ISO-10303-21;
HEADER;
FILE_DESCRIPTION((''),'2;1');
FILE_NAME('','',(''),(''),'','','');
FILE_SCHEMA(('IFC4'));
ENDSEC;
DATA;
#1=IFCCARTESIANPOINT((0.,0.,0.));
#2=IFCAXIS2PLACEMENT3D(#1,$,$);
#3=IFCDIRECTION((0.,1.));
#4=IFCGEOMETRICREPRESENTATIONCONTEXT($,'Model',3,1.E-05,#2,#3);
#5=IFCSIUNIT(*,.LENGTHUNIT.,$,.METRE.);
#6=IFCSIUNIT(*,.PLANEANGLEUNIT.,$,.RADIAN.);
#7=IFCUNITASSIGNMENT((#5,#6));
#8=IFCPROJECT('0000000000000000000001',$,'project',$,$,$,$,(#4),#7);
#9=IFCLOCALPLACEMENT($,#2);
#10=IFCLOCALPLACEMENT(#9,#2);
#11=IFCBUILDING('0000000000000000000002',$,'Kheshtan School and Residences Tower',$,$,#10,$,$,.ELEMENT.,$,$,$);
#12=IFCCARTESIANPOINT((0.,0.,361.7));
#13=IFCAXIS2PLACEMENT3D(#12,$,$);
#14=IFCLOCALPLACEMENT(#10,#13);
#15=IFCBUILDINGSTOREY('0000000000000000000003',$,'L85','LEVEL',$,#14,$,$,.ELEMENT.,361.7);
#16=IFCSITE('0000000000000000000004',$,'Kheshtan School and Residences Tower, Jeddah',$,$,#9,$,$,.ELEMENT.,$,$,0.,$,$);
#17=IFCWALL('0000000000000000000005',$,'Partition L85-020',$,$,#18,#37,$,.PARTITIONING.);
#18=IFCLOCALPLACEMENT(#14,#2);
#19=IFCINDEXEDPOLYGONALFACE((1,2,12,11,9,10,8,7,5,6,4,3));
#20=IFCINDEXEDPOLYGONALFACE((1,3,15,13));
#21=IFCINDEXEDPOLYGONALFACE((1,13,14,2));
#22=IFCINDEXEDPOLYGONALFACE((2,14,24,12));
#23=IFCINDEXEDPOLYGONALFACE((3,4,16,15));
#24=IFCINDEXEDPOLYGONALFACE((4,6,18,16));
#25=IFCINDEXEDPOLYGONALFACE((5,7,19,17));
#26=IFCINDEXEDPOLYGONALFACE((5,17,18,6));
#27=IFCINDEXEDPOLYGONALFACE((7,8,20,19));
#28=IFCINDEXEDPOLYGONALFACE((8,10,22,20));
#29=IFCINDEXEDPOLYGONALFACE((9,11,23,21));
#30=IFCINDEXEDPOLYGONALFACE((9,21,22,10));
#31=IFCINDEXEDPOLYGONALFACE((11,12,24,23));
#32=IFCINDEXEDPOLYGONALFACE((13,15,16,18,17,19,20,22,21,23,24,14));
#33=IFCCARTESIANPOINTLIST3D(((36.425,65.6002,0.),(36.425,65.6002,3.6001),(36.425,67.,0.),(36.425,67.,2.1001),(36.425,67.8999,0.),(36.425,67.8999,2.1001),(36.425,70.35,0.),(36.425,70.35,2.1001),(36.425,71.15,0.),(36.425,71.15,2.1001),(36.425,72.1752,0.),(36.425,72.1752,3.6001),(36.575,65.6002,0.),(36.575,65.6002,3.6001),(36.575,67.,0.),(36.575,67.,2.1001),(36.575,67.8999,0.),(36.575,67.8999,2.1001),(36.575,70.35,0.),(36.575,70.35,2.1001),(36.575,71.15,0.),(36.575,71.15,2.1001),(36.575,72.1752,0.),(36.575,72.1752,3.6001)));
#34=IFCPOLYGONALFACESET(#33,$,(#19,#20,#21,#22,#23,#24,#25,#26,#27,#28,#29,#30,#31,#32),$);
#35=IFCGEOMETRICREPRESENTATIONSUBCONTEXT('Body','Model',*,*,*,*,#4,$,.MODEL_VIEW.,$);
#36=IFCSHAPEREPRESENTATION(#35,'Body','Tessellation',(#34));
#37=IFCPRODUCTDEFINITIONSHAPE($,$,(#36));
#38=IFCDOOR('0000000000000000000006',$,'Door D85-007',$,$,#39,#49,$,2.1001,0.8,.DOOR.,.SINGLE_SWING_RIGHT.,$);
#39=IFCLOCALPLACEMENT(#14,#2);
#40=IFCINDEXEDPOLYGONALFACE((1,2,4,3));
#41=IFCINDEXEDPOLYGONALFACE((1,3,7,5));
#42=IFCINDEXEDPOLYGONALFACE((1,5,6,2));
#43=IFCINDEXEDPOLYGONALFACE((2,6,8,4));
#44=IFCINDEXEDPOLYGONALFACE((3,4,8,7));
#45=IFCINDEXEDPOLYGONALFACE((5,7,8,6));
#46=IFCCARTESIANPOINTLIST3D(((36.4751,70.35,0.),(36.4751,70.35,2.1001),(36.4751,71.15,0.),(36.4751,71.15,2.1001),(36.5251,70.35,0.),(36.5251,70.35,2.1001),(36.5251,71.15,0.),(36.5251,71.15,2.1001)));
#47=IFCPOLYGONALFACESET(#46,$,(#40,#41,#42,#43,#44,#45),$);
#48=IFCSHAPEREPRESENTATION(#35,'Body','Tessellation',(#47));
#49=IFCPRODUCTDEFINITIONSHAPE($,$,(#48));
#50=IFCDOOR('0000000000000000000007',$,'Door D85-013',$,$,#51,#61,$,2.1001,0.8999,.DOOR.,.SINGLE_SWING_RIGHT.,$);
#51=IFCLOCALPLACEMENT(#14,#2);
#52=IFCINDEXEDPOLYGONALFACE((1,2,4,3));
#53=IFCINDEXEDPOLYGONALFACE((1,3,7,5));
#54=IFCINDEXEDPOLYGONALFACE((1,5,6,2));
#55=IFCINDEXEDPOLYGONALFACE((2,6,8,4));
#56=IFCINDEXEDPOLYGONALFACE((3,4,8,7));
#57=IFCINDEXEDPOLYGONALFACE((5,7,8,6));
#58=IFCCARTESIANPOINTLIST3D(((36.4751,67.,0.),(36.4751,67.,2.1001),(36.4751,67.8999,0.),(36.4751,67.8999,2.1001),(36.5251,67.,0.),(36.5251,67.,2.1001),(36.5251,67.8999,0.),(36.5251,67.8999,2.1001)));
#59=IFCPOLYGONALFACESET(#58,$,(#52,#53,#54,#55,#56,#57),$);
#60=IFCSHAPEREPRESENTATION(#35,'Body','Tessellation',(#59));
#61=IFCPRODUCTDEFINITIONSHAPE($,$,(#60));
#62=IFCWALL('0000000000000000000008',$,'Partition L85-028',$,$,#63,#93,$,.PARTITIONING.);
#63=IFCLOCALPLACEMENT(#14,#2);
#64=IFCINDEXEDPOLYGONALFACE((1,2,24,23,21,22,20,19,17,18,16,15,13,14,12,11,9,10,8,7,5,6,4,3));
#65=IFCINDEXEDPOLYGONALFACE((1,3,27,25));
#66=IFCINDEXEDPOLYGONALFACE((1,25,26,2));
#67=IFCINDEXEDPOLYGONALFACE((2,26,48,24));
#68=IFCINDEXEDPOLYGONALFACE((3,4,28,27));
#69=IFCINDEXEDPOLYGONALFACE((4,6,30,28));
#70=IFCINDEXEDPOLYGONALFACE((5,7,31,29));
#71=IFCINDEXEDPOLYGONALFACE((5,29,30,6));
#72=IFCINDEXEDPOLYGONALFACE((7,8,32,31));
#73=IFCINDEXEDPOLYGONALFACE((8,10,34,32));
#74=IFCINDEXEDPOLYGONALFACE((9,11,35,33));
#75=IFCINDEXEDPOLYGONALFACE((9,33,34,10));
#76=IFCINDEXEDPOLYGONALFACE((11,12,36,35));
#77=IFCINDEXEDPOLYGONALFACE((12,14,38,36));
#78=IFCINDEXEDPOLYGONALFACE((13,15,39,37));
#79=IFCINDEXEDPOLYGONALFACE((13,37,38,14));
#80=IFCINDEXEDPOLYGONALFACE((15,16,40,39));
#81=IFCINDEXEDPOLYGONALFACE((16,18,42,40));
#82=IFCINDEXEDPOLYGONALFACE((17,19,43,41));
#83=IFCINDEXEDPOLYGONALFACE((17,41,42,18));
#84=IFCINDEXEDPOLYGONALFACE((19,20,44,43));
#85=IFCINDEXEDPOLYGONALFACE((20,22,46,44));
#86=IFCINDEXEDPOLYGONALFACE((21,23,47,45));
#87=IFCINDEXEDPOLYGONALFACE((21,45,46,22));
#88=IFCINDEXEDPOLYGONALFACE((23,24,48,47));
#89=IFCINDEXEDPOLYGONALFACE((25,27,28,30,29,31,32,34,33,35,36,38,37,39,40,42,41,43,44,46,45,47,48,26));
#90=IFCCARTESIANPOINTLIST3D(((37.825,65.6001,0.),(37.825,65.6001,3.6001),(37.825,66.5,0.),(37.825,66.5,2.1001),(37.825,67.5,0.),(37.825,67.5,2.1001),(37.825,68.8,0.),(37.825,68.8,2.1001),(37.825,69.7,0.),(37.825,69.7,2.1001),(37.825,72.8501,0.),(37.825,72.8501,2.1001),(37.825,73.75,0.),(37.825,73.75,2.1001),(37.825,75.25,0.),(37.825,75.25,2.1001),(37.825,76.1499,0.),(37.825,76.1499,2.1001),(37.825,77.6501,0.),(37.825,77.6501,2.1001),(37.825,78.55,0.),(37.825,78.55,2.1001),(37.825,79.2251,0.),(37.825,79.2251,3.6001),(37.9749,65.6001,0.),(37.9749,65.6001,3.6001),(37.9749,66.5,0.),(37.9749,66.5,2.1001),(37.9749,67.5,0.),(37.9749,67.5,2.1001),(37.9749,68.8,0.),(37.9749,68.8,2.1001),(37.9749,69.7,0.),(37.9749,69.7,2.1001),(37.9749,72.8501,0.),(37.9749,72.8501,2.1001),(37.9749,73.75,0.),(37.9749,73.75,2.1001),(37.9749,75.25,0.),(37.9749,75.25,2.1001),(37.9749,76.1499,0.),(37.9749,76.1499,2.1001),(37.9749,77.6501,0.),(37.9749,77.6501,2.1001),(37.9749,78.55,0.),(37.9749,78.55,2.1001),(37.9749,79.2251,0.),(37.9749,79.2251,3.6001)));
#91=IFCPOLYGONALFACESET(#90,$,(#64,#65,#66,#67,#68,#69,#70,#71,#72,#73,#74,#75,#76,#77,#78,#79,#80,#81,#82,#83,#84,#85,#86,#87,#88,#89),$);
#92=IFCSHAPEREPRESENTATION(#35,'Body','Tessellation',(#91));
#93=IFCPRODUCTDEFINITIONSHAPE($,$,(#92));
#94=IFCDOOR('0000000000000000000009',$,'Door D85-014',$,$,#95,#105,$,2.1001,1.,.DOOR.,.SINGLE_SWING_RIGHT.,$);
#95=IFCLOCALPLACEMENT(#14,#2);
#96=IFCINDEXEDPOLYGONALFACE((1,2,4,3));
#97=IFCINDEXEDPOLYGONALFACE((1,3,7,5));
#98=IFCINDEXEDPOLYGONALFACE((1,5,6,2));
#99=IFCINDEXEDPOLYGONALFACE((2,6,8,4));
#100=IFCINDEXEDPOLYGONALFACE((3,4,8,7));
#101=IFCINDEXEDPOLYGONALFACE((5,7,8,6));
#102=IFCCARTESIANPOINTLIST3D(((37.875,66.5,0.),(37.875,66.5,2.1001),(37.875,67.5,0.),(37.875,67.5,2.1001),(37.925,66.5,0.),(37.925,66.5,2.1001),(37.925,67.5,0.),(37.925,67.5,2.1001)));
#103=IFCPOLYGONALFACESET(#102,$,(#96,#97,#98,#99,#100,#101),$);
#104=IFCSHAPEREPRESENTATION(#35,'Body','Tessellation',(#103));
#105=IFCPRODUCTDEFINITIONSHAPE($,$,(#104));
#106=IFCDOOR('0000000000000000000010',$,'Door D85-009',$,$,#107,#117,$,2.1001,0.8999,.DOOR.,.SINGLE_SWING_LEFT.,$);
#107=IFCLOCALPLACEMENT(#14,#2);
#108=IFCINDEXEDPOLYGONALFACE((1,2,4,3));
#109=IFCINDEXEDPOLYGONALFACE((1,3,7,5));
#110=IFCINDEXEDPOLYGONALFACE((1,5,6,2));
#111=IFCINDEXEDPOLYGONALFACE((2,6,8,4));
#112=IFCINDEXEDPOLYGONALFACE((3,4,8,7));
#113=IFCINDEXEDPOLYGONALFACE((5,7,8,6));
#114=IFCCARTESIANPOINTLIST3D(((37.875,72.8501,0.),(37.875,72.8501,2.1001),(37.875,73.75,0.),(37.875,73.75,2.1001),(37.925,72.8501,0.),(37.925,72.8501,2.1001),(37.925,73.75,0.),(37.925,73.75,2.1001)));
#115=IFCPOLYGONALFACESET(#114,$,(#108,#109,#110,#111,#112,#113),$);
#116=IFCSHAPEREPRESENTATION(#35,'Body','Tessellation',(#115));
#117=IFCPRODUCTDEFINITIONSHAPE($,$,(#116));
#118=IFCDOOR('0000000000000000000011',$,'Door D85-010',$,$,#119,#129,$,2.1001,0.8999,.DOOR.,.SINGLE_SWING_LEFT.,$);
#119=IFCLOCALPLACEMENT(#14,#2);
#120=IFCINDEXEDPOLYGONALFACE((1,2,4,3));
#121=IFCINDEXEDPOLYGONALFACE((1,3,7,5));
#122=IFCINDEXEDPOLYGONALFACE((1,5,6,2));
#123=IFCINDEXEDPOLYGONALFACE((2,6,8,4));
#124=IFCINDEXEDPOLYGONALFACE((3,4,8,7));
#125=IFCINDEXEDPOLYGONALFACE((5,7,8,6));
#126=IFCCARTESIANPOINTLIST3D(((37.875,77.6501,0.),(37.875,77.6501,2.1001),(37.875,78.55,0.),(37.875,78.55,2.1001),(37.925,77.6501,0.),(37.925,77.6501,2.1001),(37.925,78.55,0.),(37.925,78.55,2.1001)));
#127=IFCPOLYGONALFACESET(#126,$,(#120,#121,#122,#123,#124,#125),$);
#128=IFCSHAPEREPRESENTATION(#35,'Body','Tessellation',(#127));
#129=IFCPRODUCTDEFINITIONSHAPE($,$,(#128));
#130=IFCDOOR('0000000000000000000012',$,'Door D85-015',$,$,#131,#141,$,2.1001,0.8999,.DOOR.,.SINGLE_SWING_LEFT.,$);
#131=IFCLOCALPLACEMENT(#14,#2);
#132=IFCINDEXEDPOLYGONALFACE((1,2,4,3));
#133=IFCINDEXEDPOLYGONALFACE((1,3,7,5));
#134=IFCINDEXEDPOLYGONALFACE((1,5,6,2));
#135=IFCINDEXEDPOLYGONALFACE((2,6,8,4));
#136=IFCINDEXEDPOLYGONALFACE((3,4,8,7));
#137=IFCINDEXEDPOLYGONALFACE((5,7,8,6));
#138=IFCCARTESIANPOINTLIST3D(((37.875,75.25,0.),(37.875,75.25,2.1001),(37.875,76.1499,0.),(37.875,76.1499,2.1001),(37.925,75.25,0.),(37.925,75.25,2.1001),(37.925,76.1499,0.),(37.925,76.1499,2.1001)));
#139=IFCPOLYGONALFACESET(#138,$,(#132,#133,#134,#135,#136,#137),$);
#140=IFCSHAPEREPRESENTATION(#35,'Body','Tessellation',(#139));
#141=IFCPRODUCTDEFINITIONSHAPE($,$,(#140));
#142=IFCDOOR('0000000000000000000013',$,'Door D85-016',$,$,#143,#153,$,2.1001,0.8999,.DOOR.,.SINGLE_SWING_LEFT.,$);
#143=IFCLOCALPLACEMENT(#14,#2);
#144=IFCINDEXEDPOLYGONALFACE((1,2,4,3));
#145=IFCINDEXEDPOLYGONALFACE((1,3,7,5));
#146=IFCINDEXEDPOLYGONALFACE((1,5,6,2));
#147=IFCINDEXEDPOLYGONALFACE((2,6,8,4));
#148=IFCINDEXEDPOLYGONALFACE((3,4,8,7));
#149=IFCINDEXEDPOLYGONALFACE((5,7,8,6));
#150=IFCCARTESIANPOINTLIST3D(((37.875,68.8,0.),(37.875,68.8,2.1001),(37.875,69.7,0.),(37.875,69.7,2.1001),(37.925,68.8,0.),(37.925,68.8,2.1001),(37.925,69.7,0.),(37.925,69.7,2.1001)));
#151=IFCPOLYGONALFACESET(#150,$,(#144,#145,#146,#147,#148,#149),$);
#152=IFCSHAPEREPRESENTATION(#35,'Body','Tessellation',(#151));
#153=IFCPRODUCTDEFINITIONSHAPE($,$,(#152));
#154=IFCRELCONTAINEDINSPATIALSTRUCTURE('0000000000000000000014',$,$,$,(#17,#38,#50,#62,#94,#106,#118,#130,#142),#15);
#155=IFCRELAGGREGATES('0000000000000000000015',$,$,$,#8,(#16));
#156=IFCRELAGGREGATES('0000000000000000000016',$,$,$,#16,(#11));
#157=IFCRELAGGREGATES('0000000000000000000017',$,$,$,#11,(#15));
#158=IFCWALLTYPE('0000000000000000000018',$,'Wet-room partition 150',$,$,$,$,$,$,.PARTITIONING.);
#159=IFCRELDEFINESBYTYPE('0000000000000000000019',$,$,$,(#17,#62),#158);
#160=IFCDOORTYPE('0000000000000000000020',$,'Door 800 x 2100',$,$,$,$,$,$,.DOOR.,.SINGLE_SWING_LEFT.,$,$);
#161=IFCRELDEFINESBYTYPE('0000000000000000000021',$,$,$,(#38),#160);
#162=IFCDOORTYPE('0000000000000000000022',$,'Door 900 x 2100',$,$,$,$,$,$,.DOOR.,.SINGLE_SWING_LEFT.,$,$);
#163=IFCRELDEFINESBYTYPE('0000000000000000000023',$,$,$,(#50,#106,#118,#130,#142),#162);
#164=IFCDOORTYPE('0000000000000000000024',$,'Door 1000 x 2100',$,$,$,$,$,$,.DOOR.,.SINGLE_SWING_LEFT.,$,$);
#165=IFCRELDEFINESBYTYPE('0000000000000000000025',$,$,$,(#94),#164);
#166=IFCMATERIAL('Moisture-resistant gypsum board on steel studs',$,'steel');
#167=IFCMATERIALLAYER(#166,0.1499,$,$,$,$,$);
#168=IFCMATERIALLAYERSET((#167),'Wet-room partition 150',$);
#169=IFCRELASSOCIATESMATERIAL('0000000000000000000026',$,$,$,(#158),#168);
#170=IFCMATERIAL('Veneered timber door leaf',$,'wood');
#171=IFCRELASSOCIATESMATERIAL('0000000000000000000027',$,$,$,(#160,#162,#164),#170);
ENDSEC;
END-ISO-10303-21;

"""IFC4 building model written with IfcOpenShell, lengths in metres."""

from ifc_helpers import new_model, si_unit, direction, frame, frame_2d, origin, place, context, subcontext, project, spatial, rectangle, extrude, source, transform, mapped, material, layer, layer_set, type_object, element, fill, save


model = new_model("IFC4")

# Units and contexts
model_context = context("Model", 3, precision=1e-05, world=origin(), true_north=direction((0.0, 1.0)))
body_context = subcontext(model_context, "Body", "Model", "MODEL_VIEW")
ifc_project = project(units=[si_unit("LENGTHUNIT", "METRE"), si_unit("PLANEANGLEUNIT", "RADIAN")], contexts=[model_context])

# Site, building, storey
site_placement = place(None, origin())
site = spatial("IfcSite", under=ifc_project, at=site_placement, Name="Kheshtan School and Residences Tower, Jeddah", CompositionType="ELEMENT", RefElevation=0.0)
building_placement = place(site_placement, origin())
building = spatial("IfcBuilding", under=site, at=building_placement, Name="Kheshtan School and Residences Tower", CompositionType="ELEMENT")
storey_placement = place(building_placement, frame((0.0, 0.0, 361.7)))
storey = spatial("IfcBuildingStorey", under=building, at=storey_placement, Name="L85", Description="LEVEL", CompositionType="ELEMENT", Elevation=361.7)

# Shared definitions
ifc_material_1 = material(Name="Moisture-resistant gypsum board on steel studs", Category="steel")
ifc_layer_1 = layer(ifc_material_1, 0.1499)
ifc_layer_set_1 = layer_set([ifc_layer_1], Name="Wet-room partition 150")
wall_type_1 = type_object("IfcWallType", Name="Wet-room partition 150", PredefinedType="PARTITIONING", material=ifc_layer_set_1)

# Walls, openings, doors
wall_1_placement = place(storey_placement, frame((36.5, 65.6001, 0.0), z_axis=(0.0, 0.0, 1.0), x_axis=(0.0, 1.0, 0.0)))
wall_1 = element("IfcWall", 1, at=wall_1_placement, inside=storey, type_object=wall_type_1, Name="Partition L85-020", PredefinedType="PARTITIONING", context=body_context, shape_type="SweptSolid", body=[
    extrude(rectangle(XDim=6.575, YDim=0.1499, at=frame_2d((3.2876, 0.0))), origin(), (0.0, 0.0, 1.0), 3.6001),
])
opening_1_placement = place(wall_1_placement, frame((4.75, 0.0, 0.0)))
opening_1 = element("IfcOpeningElement", 2, at=opening_1_placement, cuts=wall_1, PredefinedType="OPENING", context=body_context, shape_type="SweptSolid", body=[
    extrude(rectangle(XDim=0.8, YDim=2.1001, at=frame_2d((0.3999, 1.05))), frame((0.0, 0.085, 0.0), z_axis=(0.0, -1.0, 0.0), x_axis=(1.0, 0.0, 0.0)), (0.0, 0.0, 1.0), 0.1699),
])
opening_2_placement = place(wall_1_placement, frame((1.3999, 0.0, 0.0)))
opening_2 = element("IfcOpeningElement", 3, at=opening_2_placement, cuts=wall_1, PredefinedType="OPENING", context=body_context, shape_type="SweptSolid", body=[
    extrude(rectangle(XDim=0.8999, YDim=2.1001, at=frame_2d((0.45, 1.05))), frame((0.0, 0.085, 0.0), z_axis=(0.0, -1.0, 0.0), x_axis=(1.0, 0.0, 0.0)), (0.0, 0.0, 1.0), 0.1699),
])
ifc_material_2 = material(Name="Veneered timber door leaf", Category="wood")
door_type_1 = type_object("IfcDoorType", Name="Door 800 x 2100", OperationType="SINGLE_SWING_LEFT", PredefinedType="DOOR", material=ifc_material_2)
shared_shape_1 = source(origin(), body_context, "Body", "SweptSolid", [
    extrude(rectangle(XDim=0.8, YDim=2.1001, at=frame_2d((0.3999, 1.05))), frame((0.0, 0.0249, 0.0), z_axis=(0.0, -1.0, 0.0), x_axis=(1.0, 0.0, 0.0)), (0.0, 0.0, 1.0), 0.05),
])
door_1_placement = place(opening_1_placement, origin())
door_1 = element("IfcDoor", 4, at=door_1_placement, inside=storey, type_object=door_type_1, Name="Door D85-007", OperationType="SINGLE_SWING_RIGHT", OverallHeight=2.1001, OverallWidth=0.8, PredefinedType="DOOR", context=body_context, shape_type="MappedRepresentation", body=[
    mapped(shared_shape_1, transform((0.0, 0.0, 0.0), x_axis=(1.0, 0.0, 0.0), y_axis=(0.0, 1.0, 0.0), z_axis=(0.0, 0.0, 1.0), scale=1.0)),
])
fill(opening_1, door_1)
door_type_2 = type_object("IfcDoorType", Name="Door 900 x 2100", OperationType="SINGLE_SWING_LEFT", PredefinedType="DOOR", material=ifc_material_2)
shared_shape_2 = source(origin(), body_context, "Body", "SweptSolid", [
    extrude(rectangle(XDim=0.8999, YDim=2.1001, at=frame_2d((0.45, 1.05))), frame((0.0, 0.0249, 0.0), z_axis=(0.0, -1.0, 0.0), x_axis=(1.0, 0.0, 0.0)), (0.0, 0.0, 1.0), 0.05),
])
door_2_placement = place(opening_2_placement, origin())
door_2 = element("IfcDoor", 5, at=door_2_placement, inside=storey, type_object=door_type_2, Name="Door D85-013", OperationType="SINGLE_SWING_RIGHT", OverallHeight=2.1001, OverallWidth=0.8999, PredefinedType="DOOR", context=body_context, shape_type="MappedRepresentation", body=[
    mapped(shared_shape_2, transform((0.0, 0.0, 0.0), x_axis=(1.0, 0.0, 0.0), y_axis=(0.0, 1.0, 0.0), z_axis=(0.0, 0.0, 1.0), scale=1.0)),
])
fill(opening_2, door_2)
wall_2_placement = place(storey_placement, frame((37.8999, 65.6001, 0.0), z_axis=(0.0, 0.0, 1.0), x_axis=(0.0, 1.0, 0.0)))
wall_2 = element("IfcWall", 6, at=wall_2_placement, inside=storey, type_object=wall_type_1, Name="Partition L85-028", PredefinedType="PARTITIONING", context=body_context, shape_type="SweptSolid", body=[
    extrude(rectangle(XDim=13.625, YDim=0.1499, at=frame_2d((6.8125, 0.0))), origin(), (0.0, 0.0, 1.0), 3.6001),
])
opening_3_placement = place(wall_2_placement, frame((7.25, 0.0, 0.0)))
opening_3 = element("IfcOpeningElement", 7, at=opening_3_placement, cuts=wall_2, PredefinedType="OPENING", context=body_context, shape_type="SweptSolid", body=[
    extrude(rectangle(XDim=0.8999, YDim=2.1001, at=frame_2d((0.45, 1.05))), frame((0.0, 0.085, 0.0), z_axis=(0.0, -1.0, 0.0), x_axis=(1.0, 0.0, 0.0)), (0.0, 0.0, 1.0), 0.1699),
])
opening_4_placement = place(wall_2_placement, frame((12.05, 0.0, 0.0)))
opening_4 = element("IfcOpeningElement", 8, at=opening_4_placement, cuts=wall_2, PredefinedType="OPENING", context=body_context, shape_type="SweptSolid", body=[
    extrude(rectangle(XDim=0.8999, YDim=2.1001, at=frame_2d((0.45, 1.05))), frame((0.0, 0.085, 0.0), z_axis=(0.0, -1.0, 0.0), x_axis=(1.0, 0.0, 0.0)), (0.0, 0.0, 1.0), 0.1699),
])
opening_5_placement = place(wall_2_placement, frame((0.8999, 0.0, 0.0)))
opening_5 = element("IfcOpeningElement", 9, at=opening_5_placement, cuts=wall_2, PredefinedType="OPENING", context=body_context, shape_type="SweptSolid", body=[
    extrude(rectangle(XDim=1.0, YDim=2.1001, at=frame_2d((0.5, 1.05))), frame((0.0, 0.085, 0.0), z_axis=(0.0, -1.0, 0.0), x_axis=(1.0, 0.0, 0.0)), (0.0, 0.0, 1.0), 0.1699),
])
opening_6_placement = place(wall_2_placement, frame((9.6499, 0.0, 0.0)))
opening_6 = element("IfcOpeningElement", 10, at=opening_6_placement, cuts=wall_2, PredefinedType="OPENING", context=body_context, shape_type="SweptSolid", body=[
    extrude(rectangle(XDim=0.8999, YDim=2.1001, at=frame_2d((0.45, 1.05))), frame((0.0, 0.085, 0.0), z_axis=(0.0, -1.0, 0.0), x_axis=(1.0, 0.0, 0.0)), (0.0, 0.0, 1.0), 0.1699),
])
opening_7_placement = place(wall_2_placement, frame((3.2, 0.0, 0.0)))
opening_7 = element("IfcOpeningElement", 11, at=opening_7_placement, cuts=wall_2, PredefinedType="OPENING", context=body_context, shape_type="SweptSolid", body=[
    extrude(rectangle(XDim=0.8999, YDim=2.1001, at=frame_2d((0.45, 1.05))), frame((0.0, 0.085, 0.0), z_axis=(0.0, -1.0, 0.0), x_axis=(1.0, 0.0, 0.0)), (0.0, 0.0, 1.0), 0.1699),
])
door_type_3 = type_object("IfcDoorType", Name="Door 1000 x 2100", OperationType="SINGLE_SWING_LEFT", PredefinedType="DOOR", material=ifc_material_2)
shared_shape_3 = source(origin(), body_context, "Body", "SweptSolid", [
    extrude(rectangle(XDim=1.0, YDim=2.1001, at=frame_2d((0.5, 1.05))), frame((0.0, 0.0249, 0.0), z_axis=(0.0, -1.0, 0.0), x_axis=(1.0, 0.0, 0.0)), (0.0, 0.0, 1.0), 0.05),
])
door_3_placement = place(opening_5_placement, origin())
door_3 = element("IfcDoor", 12, at=door_3_placement, inside=storey, type_object=door_type_3, Name="Door D85-014", OperationType="SINGLE_SWING_RIGHT", OverallHeight=2.1001, OverallWidth=1.0, PredefinedType="DOOR", context=body_context, shape_type="MappedRepresentation", body=[
    mapped(shared_shape_3, transform((0.0, 0.0, 0.0), x_axis=(1.0, 0.0, 0.0), y_axis=(0.0, 1.0, 0.0), z_axis=(0.0, 0.0, 1.0), scale=1.0)),
])
fill(opening_5, door_3)
door_4_placement = place(opening_3_placement, origin())
door_4 = element("IfcDoor", 13, at=door_4_placement, inside=storey, type_object=door_type_2, Name="Door D85-009", OperationType="SINGLE_SWING_LEFT", OverallHeight=2.1001, OverallWidth=0.8999, PredefinedType="DOOR", context=body_context, shape_type="MappedRepresentation", body=[
    mapped(shared_shape_2, transform((0.0, 0.0, 0.0), x_axis=(1.0, 0.0, 0.0), y_axis=(0.0, 1.0, 0.0), z_axis=(0.0, 0.0, 1.0), scale=1.0)),
])
fill(opening_3, door_4)
door_5_placement = place(opening_4_placement, origin())
door_5 = element("IfcDoor", 14, at=door_5_placement, inside=storey, type_object=door_type_2, Name="Door D85-010", OperationType="SINGLE_SWING_LEFT", OverallHeight=2.1001, OverallWidth=0.8999, PredefinedType="DOOR", context=body_context, shape_type="MappedRepresentation", body=[
    mapped(shared_shape_2, transform((0.0, 0.0, 0.0), x_axis=(1.0, 0.0, 0.0), y_axis=(0.0, 1.0, 0.0), z_axis=(0.0, 0.0, 1.0), scale=1.0)),
])
fill(opening_4, door_5)
door_6_placement = place(opening_6_placement, origin())
door_6 = element("IfcDoor", 15, at=door_6_placement, inside=storey, type_object=door_type_2, Name="Door D85-015", OperationType="SINGLE_SWING_LEFT", OverallHeight=2.1001, OverallWidth=0.8999, PredefinedType="DOOR", context=body_context, shape_type="MappedRepresentation", body=[
    mapped(shared_shape_2, transform((0.0, 0.0, 0.0), x_axis=(1.0, 0.0, 0.0), y_axis=(0.0, 1.0, 0.0), z_axis=(0.0, 0.0, 1.0), scale=1.0)),
])
fill(opening_6, door_6)
door_7_placement = place(opening_7_placement, origin())
door_7 = element("IfcDoor", 16, at=door_7_placement, inside=storey, type_object=door_type_2, Name="Door D85-016", OperationType="SINGLE_SWING_LEFT", OverallHeight=2.1001, OverallWidth=0.8999, PredefinedType="DOOR", context=body_context, shape_type="MappedRepresentation", body=[
    mapped(shared_shape_2, transform((0.0, 0.0, 0.0), x_axis=(1.0, 0.0, 0.0), y_axis=(0.0, 1.0, 0.0), z_axis=(0.0, 0.0, 1.0), scale=1.0)),
])
fill(opening_7, door_7)

save(model, "model.ifc")
